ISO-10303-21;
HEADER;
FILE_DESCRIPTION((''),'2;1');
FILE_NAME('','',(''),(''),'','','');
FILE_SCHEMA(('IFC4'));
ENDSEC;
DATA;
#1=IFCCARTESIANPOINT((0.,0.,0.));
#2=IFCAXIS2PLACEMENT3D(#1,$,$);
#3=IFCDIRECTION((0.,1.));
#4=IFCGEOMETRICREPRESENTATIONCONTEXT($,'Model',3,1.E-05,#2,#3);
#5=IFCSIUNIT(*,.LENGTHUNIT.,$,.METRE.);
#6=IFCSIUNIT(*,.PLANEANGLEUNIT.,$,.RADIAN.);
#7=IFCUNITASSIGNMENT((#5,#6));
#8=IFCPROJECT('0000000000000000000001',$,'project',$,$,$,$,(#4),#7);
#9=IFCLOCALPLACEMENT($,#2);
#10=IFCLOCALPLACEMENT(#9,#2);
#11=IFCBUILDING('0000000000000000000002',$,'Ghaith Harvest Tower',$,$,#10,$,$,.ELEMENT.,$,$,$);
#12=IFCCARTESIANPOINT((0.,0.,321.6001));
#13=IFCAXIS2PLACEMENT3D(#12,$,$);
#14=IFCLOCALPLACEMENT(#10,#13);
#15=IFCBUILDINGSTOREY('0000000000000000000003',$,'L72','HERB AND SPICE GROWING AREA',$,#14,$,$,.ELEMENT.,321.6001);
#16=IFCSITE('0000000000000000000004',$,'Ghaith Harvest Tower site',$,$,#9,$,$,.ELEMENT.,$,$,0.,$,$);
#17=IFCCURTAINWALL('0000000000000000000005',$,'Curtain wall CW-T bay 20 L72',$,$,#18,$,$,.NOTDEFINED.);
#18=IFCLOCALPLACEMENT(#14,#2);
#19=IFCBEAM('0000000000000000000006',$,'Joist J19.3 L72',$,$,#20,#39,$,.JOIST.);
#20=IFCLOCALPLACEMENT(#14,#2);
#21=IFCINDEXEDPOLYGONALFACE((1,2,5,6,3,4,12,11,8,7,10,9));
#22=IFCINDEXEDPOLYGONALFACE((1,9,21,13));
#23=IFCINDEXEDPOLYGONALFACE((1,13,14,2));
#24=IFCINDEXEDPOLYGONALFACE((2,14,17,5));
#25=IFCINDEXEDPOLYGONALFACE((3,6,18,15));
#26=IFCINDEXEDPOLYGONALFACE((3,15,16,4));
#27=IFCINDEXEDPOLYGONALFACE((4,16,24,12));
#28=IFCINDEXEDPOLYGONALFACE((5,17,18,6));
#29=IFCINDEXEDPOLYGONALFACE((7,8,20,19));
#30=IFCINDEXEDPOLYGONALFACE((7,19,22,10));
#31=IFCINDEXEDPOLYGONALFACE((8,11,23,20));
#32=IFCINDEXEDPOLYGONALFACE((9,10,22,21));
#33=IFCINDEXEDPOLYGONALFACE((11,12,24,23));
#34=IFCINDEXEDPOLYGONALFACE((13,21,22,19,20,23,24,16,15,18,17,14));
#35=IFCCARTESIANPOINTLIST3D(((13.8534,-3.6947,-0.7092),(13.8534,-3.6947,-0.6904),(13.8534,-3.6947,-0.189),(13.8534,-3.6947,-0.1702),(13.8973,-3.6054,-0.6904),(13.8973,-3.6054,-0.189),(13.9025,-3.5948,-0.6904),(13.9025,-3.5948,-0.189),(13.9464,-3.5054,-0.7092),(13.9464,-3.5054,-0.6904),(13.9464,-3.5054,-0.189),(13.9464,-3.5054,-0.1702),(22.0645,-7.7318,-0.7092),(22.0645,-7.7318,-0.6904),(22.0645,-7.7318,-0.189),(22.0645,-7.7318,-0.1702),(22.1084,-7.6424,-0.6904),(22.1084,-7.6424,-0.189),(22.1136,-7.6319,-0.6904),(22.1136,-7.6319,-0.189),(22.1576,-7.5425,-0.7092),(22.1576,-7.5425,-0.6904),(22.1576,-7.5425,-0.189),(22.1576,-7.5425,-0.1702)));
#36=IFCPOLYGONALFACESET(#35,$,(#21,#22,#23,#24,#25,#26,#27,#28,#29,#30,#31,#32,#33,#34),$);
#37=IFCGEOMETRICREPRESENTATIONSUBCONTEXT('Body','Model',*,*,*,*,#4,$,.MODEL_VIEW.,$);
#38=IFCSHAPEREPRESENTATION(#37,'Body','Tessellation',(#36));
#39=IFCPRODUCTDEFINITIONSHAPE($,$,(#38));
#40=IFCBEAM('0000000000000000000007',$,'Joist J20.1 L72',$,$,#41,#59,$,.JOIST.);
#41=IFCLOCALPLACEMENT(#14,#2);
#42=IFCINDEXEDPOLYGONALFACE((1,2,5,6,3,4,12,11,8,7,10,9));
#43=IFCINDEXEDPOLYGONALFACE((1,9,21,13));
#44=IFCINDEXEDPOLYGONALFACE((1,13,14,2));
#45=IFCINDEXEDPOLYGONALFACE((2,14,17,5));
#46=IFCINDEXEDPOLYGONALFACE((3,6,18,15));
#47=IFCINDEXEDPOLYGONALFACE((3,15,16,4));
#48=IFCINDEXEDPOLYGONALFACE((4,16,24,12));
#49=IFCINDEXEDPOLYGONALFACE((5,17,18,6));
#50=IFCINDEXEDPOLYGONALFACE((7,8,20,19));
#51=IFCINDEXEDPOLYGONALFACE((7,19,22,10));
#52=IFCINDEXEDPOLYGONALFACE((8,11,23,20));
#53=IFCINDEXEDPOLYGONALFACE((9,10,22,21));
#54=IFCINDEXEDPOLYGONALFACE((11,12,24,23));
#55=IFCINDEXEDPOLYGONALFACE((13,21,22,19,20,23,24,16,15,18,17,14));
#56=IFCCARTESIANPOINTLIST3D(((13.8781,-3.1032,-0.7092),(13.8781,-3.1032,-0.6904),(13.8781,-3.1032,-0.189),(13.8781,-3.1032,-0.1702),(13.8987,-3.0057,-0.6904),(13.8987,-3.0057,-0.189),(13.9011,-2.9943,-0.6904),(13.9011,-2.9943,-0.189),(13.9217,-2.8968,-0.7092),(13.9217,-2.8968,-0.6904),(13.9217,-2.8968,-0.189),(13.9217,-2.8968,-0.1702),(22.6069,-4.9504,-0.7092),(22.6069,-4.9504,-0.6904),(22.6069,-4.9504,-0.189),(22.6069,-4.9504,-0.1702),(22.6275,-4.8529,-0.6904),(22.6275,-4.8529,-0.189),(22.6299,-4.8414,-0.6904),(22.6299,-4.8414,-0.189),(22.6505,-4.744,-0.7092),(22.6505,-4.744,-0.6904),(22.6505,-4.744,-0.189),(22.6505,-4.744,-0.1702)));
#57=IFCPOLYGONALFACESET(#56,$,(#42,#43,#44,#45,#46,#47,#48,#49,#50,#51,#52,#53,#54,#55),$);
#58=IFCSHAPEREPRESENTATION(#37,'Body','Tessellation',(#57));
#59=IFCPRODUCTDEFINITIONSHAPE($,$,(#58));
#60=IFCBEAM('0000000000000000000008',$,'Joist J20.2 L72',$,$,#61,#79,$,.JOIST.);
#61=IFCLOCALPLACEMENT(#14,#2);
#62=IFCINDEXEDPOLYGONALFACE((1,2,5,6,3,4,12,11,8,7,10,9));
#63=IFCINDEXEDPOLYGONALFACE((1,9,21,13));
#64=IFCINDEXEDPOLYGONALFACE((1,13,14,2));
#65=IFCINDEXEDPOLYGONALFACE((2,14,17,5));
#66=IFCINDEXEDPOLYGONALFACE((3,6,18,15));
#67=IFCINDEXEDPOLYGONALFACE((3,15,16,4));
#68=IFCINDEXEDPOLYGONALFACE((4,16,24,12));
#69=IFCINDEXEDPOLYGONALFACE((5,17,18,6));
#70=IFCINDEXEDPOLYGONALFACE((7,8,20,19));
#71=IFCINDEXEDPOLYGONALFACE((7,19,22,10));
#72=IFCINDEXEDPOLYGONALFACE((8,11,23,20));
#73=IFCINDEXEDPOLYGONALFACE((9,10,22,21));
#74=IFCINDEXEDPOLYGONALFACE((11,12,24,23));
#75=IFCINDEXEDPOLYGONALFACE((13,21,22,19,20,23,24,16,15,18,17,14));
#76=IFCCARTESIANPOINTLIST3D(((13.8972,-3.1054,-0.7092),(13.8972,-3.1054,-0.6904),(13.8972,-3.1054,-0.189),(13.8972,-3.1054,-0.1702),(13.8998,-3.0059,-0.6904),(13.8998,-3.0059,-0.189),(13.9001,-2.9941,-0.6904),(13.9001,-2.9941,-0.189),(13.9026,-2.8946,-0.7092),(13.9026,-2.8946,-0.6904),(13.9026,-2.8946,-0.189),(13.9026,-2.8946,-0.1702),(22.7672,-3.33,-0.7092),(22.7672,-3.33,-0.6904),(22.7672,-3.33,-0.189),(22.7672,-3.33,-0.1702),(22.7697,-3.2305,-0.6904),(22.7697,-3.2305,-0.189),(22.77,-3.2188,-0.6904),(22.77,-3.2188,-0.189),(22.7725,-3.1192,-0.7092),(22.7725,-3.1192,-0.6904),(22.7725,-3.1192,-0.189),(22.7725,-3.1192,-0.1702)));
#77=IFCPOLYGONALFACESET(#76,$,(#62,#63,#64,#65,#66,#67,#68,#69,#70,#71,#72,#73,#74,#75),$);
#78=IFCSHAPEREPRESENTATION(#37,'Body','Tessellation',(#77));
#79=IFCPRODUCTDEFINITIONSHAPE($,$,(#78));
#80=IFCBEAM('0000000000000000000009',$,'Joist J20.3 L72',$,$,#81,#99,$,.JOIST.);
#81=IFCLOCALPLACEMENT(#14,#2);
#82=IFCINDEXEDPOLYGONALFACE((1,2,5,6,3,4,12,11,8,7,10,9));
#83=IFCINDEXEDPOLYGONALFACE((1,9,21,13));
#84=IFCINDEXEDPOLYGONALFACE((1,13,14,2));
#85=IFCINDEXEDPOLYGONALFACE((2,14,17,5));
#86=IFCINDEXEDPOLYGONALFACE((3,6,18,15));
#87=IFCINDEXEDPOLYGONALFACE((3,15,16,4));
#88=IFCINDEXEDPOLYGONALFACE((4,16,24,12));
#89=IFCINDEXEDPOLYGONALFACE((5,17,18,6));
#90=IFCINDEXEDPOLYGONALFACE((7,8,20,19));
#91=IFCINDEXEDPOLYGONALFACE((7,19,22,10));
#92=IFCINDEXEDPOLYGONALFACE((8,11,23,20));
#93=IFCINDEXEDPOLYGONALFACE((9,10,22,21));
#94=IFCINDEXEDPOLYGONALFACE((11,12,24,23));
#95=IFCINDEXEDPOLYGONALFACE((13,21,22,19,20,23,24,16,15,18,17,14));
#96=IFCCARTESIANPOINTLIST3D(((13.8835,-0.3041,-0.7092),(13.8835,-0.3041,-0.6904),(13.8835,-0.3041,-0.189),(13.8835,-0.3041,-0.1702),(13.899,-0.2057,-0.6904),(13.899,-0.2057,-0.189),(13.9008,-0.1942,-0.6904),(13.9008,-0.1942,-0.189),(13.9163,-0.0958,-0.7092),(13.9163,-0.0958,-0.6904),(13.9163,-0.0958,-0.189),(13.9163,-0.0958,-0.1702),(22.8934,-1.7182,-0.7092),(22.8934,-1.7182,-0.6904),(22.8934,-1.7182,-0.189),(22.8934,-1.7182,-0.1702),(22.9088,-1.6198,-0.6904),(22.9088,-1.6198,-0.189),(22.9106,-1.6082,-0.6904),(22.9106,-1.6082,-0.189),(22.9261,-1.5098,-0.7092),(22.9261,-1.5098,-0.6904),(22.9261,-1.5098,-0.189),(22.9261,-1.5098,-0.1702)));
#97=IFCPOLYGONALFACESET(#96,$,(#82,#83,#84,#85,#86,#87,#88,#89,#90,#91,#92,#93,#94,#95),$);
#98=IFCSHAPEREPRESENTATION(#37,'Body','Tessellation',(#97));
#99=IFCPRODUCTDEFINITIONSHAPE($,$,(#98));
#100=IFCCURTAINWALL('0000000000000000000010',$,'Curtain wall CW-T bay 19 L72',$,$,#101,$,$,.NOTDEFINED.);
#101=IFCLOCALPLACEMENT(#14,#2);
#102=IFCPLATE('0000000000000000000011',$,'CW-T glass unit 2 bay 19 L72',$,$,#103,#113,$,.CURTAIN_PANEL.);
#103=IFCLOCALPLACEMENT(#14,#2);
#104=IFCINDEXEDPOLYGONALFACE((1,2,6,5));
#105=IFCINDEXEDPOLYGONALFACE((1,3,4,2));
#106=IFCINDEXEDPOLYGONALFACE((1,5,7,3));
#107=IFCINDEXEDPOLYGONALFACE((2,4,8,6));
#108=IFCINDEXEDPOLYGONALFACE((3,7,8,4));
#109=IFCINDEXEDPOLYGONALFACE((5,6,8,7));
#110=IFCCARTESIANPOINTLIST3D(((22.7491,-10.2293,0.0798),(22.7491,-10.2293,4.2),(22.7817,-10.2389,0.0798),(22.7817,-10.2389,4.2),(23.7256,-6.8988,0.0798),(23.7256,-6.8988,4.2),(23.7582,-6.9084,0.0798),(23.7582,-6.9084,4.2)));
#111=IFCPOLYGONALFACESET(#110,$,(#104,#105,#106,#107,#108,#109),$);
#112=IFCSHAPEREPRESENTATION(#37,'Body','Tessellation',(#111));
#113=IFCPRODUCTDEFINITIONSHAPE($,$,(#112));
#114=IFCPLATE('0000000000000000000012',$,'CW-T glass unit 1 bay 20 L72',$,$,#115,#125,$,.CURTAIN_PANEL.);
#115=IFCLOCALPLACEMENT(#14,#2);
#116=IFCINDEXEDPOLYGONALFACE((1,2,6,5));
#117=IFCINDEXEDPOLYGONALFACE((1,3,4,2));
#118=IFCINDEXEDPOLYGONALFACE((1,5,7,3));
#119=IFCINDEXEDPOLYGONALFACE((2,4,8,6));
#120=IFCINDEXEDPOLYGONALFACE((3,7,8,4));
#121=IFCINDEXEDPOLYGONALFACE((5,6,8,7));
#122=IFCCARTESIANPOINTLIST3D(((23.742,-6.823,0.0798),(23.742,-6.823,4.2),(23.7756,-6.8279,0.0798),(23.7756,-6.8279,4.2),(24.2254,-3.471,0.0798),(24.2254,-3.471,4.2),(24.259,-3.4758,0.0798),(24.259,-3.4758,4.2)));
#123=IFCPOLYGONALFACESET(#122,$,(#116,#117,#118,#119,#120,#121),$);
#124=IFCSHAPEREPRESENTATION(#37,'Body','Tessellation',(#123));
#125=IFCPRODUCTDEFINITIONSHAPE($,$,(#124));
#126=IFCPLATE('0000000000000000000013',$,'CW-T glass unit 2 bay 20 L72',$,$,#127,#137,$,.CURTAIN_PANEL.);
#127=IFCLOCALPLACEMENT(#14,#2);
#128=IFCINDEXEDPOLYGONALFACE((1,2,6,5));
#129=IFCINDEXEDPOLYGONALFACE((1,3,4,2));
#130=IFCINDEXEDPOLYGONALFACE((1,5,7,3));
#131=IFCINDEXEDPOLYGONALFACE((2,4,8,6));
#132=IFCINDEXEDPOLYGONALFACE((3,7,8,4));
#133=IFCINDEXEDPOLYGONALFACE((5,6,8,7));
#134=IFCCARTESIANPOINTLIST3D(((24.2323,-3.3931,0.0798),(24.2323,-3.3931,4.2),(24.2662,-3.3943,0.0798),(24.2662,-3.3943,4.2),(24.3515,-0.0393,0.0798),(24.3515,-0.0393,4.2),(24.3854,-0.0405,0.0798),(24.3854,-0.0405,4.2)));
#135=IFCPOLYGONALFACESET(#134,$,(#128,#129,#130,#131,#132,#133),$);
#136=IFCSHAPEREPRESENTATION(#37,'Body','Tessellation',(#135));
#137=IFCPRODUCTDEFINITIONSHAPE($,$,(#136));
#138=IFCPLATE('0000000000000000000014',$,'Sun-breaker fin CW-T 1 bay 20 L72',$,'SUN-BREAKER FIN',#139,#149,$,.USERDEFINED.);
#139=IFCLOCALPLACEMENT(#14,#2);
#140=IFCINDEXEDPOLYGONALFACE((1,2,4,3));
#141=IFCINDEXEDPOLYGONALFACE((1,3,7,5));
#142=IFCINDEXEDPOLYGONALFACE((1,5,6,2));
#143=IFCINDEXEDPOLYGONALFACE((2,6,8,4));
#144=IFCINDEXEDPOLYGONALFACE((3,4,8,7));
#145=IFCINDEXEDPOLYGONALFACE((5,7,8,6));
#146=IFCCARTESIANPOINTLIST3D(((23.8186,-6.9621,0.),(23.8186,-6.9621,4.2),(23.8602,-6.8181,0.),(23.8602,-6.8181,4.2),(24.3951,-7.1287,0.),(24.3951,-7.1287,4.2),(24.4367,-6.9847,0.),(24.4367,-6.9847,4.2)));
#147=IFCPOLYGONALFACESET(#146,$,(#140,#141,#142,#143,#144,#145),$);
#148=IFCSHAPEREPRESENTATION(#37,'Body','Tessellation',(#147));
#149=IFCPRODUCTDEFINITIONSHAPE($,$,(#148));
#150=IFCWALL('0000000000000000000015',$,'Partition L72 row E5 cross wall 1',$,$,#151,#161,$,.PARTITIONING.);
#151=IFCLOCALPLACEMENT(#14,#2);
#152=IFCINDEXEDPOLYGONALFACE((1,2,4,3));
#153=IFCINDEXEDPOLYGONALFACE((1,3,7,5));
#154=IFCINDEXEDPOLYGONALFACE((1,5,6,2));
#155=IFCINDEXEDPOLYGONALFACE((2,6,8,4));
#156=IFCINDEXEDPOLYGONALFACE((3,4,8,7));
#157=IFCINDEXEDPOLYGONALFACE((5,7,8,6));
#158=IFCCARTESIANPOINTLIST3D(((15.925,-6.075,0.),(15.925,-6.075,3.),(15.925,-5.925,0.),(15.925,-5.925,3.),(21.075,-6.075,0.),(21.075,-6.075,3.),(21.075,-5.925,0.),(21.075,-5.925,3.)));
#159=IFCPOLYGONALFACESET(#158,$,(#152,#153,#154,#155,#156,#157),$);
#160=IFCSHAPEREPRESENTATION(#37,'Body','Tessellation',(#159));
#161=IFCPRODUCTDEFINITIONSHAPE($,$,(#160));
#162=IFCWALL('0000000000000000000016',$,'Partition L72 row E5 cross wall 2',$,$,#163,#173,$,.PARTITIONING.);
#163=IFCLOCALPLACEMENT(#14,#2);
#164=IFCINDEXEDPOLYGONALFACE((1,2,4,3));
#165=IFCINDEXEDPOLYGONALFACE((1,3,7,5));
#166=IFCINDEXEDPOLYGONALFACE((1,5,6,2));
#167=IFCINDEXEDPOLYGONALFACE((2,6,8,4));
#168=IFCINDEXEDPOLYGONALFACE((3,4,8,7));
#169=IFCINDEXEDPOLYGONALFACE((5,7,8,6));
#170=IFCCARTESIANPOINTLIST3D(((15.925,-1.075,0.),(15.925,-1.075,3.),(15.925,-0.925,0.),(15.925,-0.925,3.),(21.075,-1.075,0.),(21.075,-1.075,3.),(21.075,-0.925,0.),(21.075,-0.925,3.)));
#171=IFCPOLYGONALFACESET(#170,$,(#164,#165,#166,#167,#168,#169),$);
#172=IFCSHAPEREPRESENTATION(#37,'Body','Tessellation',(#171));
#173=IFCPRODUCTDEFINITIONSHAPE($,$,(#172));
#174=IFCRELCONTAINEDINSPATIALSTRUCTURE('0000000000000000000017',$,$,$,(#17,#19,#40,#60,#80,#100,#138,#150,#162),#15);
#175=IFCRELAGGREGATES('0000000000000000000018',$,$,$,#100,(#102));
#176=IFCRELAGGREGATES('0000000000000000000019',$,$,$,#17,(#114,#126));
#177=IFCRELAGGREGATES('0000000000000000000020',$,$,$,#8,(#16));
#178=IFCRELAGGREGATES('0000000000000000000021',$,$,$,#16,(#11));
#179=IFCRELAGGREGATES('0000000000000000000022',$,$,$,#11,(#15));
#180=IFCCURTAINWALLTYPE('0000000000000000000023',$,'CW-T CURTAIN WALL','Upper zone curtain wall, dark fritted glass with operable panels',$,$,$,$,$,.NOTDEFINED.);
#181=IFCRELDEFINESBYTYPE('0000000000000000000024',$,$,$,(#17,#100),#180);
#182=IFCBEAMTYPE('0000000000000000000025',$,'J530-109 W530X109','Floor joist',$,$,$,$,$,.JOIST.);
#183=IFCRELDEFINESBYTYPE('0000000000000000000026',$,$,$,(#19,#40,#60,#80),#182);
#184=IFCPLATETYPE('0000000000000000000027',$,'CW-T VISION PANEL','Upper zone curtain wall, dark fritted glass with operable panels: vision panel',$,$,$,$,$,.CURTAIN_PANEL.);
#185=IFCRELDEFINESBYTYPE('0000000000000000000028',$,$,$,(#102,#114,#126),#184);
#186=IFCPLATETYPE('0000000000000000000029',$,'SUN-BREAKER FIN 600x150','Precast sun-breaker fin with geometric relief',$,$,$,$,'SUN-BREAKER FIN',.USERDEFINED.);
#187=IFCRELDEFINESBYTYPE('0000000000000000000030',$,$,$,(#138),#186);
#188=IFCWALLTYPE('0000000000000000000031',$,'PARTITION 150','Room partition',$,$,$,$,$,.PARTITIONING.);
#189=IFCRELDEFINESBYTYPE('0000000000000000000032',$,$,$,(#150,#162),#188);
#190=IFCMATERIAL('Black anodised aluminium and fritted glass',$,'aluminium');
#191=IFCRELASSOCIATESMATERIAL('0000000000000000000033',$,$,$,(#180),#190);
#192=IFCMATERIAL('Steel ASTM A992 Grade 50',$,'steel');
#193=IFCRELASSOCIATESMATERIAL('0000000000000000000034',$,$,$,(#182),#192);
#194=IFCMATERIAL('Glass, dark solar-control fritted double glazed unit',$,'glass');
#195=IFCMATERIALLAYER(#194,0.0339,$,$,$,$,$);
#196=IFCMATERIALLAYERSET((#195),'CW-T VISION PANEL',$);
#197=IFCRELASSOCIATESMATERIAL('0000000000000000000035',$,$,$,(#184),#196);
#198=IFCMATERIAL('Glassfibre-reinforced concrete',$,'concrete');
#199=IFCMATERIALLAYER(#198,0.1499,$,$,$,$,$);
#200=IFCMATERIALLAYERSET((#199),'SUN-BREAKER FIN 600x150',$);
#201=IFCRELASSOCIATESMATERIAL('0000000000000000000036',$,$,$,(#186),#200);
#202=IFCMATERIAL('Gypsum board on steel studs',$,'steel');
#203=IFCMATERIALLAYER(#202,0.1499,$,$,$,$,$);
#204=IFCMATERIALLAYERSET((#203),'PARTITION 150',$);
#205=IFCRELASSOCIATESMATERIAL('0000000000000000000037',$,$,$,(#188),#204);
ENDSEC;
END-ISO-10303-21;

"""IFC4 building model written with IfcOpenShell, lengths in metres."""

from ifc_helpers import new_model, si_unit, direction, frame, frame_2d, origin, origin_2d, place, context, subcontext, project, spatial, rectangle, i_section, extrude, material, layer, layer_set, material_profile, profile_set, type_object, element, aggregate, save


model = new_model("IFC4")

# Units and contexts
model_context = context("Model", 3, precision=1e-05, world=origin(), true_north=direction((0.0, 1.0)))
body_context = subcontext(model_context, "Body", "Model", "MODEL_VIEW")
ifc_project = project(units=[si_unit("LENGTHUNIT", "METRE"), si_unit("PLANEANGLEUNIT", "RADIAN")], contexts=[model_context])

# Site, building, storey
site_placement = place(None, origin())
site = spatial("IfcSite", under=ifc_project, at=site_placement, Name="Ghaith Harvest Tower site", CompositionType="ELEMENT", RefElevation=0.0)
building_placement = place(site_placement, origin())
building = spatial("IfcBuilding", under=site, at=building_placement, Name="Ghaith Harvest Tower", CompositionType="ELEMENT")
storey_placement = place(building_placement, frame((0.0, 0.0, 321.6001)))
storey = spatial("IfcBuildingStorey", under=building, at=storey_placement, Name="L72", Description="HERB AND SPICE GROWING AREA", CompositionType="ELEMENT", Elevation=321.6001)

# Curtain wall
ifc_material_1 = material(Name="Black anodised aluminium and fritted glass", Category="aluminium")
curtain_wall_type = type_object("IfcCurtainWallType", Name="CW-T CURTAIN WALL", Description="Upper zone curtain wall, dark fritted glass with operable panels", PredefinedType="NOTDEFINED", material=ifc_material_1)
curtain_wall_1_placement = place(storey_placement, origin())
curtain_wall_1 = element("IfcCurtainWall", 1, at=curtain_wall_1_placement, inside=storey, type_object=curtain_wall_type, Name="Curtain wall CW-T bay 20 L72", PredefinedType="NOTDEFINED")

# Beams
ifc_material_2 = material(Name="Steel ASTM A992 Grade 50", Category="steel")
ifc_material_profile_1 = material_profile(ifc_material_2, i_section(OverallWidth=0.2109, OverallDepth=0.5391, WebThickness=0.0117, FlangeThickness=0.0188, at=origin_2d()), Name="W530X109")
ifc_profile_set_1 = profile_set([ifc_material_profile_1], Name="Steel ASTM A992 Grade 50")
beam_type_1 = type_object("IfcBeamType", Name="J530-109 W530X109", Description="Floor joist", PredefinedType="JOIST", material=ifc_profile_set_1)
beam_1_placement = place(storey_placement, frame((13.8999, -3.6001, -0.4397), z_axis=(0.897401, -0.441216, 0.0), x_axis=(0.441216, 0.897401, 0.0)))
element("IfcBeam", 2, at=beam_1_placement, inside=storey, type_object=beam_type_1, Name="Joist J19.3 L72", PredefinedType="JOIST", context=body_context, shape_type="SweptSolid", body=[
    extrude(i_section(OverallWidth=0.2109, OverallDepth=0.5391, WebThickness=0.0117, FlangeThickness=0.0188, at=origin_2d()), origin(), (0.0, 0.0, 1.0), 9.1499),
])
beam_2_placement = place(storey_placement, frame((13.8999, -3.0, -0.4397), z_axis=(0.978334, -0.207034, 0.0), x_axis=(0.207034, 0.978334, 0.0)))
element("IfcBeam", 3, at=beam_2_placement, inside=storey, type_object=beam_type_1, Name="Joist J20.1 L72", PredefinedType="JOIST", context=body_context, shape_type="SweptSolid", body=[
    extrude(i_section(OverallWidth=0.2109, OverallDepth=0.5391, WebThickness=0.0117, FlangeThickness=0.0188, at=origin_2d()), origin(), (0.0, 0.0, 1.0), 8.9221),
])
beam_3_placement = place(storey_placement, frame((13.8999, -3.0, -0.4397), z_axis=(0.99968, -0.025315, 0.0), x_axis=(0.025315, 0.99968, 0.0)))
element("IfcBeam", 4, at=beam_3_placement, inside=storey, type_object=beam_type_1, Name="Joist J20.2 L72", PredefinedType="JOIST", context=body_context, shape_type="SweptSolid", body=[
    extrude(i_section(OverallWidth=0.2109, OverallDepth=0.5391, WebThickness=0.0117, FlangeThickness=0.0188, at=origin_2d()), origin(), (0.0, 0.0, 1.0), 8.8728),
])
beam_4_placement = place(storey_placement, frame((13.8999, -0.2, -0.4397), z_axis=(0.987907, -0.15505, 0.0), x_axis=(0.15505, 0.987907, 0.0)))
element("IfcBeam", 5, at=beam_4_placement, inside=storey, type_object=beam_type_1, Name="Joist J20.3 L72", PredefinedType="JOIST", context=body_context, shape_type="SweptSolid", body=[
    extrude(i_section(OverallWidth=0.2109, OverallDepth=0.5391, WebThickness=0.0117, FlangeThickness=0.0188, at=origin_2d()), origin(), (0.0, 0.0, 1.0), 9.1201),
])

# Curtain wall, plate
curtain_wall_2_placement = place(storey_placement, origin())
curtain_wall_2 = element("IfcCurtainWall", 6, at=curtain_wall_2_placement, inside=storey, type_object=curtain_wall_type, Name="Curtain wall CW-T bay 19 L72", PredefinedType="NOTDEFINED")
ifc_material_3 = material(Name="Glass, dark solar-control fritted double glazed unit", Category="glass")
ifc_layer_1 = layer(ifc_material_3, 0.0339)
ifc_layer_set_1 = layer_set([ifc_layer_1], Name="CW-T VISION PANEL")
plate_type_1 = type_object("IfcPlateType", Name="CW-T VISION PANEL", Description="Upper zone curtain wall, dark fritted glass with operable panels: vision panel", PredefinedType="CURTAIN_PANEL", material=ifc_layer_set_1)
plate_1_placement = place(storey_placement, frame((23.2537, -8.5688, 0.0798), z_axis=(0.0, 0.0, 1.0), x_axis=(0.281345, 0.959607, 0.0)))
plate_1 = element("IfcPlate", 7, at=plate_1_placement, type_object=plate_type_1, Name="CW-T glass unit 2 bay 19 L72", PredefinedType="CURTAIN_PANEL", context=body_context, shape_type="SweptSolid", body=[
    extrude(rectangle(XDim=3.4707, YDim=0.0339, at=origin_2d()), origin(), (0.0, 0.0, 1.0), 4.1201),
])
aggregate(curtain_wall_2, [plate_1])

# Plates
plate_2_placement = place(storey_placement, frame((24.0005, -5.1494, 0.0798), z_axis=(0.0, 0.0, 1.0), x_axis=(0.14273, 0.989762, 0.0)))
plate_2 = element("IfcPlate", 8, at=plate_2_placement, type_object=plate_type_1, Name="CW-T glass unit 1 bay 20 L72", PredefinedType="CURTAIN_PANEL", context=body_context, shape_type="SweptSolid", body=[
    extrude(rectangle(XDim=3.3867, YDim=0.0339, at=origin_2d()), origin(), (0.0, 0.0, 1.0), 4.1201),
])
plate_3_placement = place(storey_placement, frame((24.3088, -1.7168, 0.0798), z_axis=(0.0, 0.0, 1.0), x_axis=(0.035536, 0.999368, 0.0)))
plate_3 = element("IfcPlate", 9, at=plate_3_placement, type_object=plate_type_1, Name="CW-T glass unit 2 bay 20 L72", PredefinedType="CURTAIN_PANEL", context=body_context, shape_type="SweptSolid", body=[
    extrude(rectangle(XDim=3.356, YDim=0.0339, at=origin_2d()), origin(), (0.0, 0.0, 1.0), 4.1201),
])
aggregate(curtain_wall_1, [plate_2, plate_3])
ifc_material_4 = material(Name="Glassfibre-reinforced concrete", Category="concrete")
ifc_layer_2 = layer(ifc_material_4, 0.1499)
ifc_layer_set_2 = layer_set([ifc_layer_2], Name="SUN-BREAKER FIN 600x150")
plate_type_2 = type_object("IfcPlateType", Name="SUN-BREAKER FIN 600x150", Description="Precast sun-breaker fin with geometric relief", ElementType="SUN-BREAKER FIN", PredefinedType="USERDEFINED", material=ifc_layer_set_2)
plate_4_placement = place(storey_placement, frame((24.1277, -6.9734, 0.0), z_axis=(0.0, 0.0, 1.0), x_axis=(0.96068, -0.277657, 0.0)))
element("IfcPlate", 10, at=plate_4_placement, inside=storey, type_object=plate_type_2, Name="Sun-breaker fin CW-T 1 bay 20 L72", ObjectType="SUN-BREAKER FIN", PredefinedType="USERDEFINED", context=body_context, shape_type="SweptSolid", body=[
    extrude(rectangle(XDim=0.6001, YDim=0.1499, at=origin_2d()), origin(), (0.0, 0.0, 1.0), 4.2),
])

# Walls
ifc_material_5 = material(Name="Gypsum board on steel studs", Category="steel")
ifc_layer_3 = layer(ifc_material_5, 0.1499)
ifc_layer_set_3 = layer_set([ifc_layer_3], Name="PARTITION 150")
wall_type_1 = type_object("IfcWallType", Name="PARTITION 150", Description="Room partition", PredefinedType="PARTITIONING", material=ifc_layer_set_3)
for number, where, z_axis, x_axis, name in (
    (11, (15.925, -6.0, 0.0), (0.0, 0.0, 1.0), (1.0, 0.0, 0.0), "Partition L72 row E5 cross wall 1"),
    (12, (15.925, -1.0, 0.0), (0.0, 0.0, 1.0), (1.0, 0.0, 0.0), "Partition L72 row E5 cross wall 2"),
):
    element("IfcWall", number, at=place(storey_placement, frame(where, z_axis=z_axis, x_axis=x_axis)), inside=storey, type_object=wall_type_1, Name=name, PredefinedType="PARTITIONING", context=body_context, shape_type="SweptSolid", body=[
        extrude(rectangle(XDim=5.1499, YDim=0.1499, at=frame_2d((2.575, 0.0))), origin(), (0.0, 0.0, 1.0), 3.0),
    ])

save(model, "model.ifc")
